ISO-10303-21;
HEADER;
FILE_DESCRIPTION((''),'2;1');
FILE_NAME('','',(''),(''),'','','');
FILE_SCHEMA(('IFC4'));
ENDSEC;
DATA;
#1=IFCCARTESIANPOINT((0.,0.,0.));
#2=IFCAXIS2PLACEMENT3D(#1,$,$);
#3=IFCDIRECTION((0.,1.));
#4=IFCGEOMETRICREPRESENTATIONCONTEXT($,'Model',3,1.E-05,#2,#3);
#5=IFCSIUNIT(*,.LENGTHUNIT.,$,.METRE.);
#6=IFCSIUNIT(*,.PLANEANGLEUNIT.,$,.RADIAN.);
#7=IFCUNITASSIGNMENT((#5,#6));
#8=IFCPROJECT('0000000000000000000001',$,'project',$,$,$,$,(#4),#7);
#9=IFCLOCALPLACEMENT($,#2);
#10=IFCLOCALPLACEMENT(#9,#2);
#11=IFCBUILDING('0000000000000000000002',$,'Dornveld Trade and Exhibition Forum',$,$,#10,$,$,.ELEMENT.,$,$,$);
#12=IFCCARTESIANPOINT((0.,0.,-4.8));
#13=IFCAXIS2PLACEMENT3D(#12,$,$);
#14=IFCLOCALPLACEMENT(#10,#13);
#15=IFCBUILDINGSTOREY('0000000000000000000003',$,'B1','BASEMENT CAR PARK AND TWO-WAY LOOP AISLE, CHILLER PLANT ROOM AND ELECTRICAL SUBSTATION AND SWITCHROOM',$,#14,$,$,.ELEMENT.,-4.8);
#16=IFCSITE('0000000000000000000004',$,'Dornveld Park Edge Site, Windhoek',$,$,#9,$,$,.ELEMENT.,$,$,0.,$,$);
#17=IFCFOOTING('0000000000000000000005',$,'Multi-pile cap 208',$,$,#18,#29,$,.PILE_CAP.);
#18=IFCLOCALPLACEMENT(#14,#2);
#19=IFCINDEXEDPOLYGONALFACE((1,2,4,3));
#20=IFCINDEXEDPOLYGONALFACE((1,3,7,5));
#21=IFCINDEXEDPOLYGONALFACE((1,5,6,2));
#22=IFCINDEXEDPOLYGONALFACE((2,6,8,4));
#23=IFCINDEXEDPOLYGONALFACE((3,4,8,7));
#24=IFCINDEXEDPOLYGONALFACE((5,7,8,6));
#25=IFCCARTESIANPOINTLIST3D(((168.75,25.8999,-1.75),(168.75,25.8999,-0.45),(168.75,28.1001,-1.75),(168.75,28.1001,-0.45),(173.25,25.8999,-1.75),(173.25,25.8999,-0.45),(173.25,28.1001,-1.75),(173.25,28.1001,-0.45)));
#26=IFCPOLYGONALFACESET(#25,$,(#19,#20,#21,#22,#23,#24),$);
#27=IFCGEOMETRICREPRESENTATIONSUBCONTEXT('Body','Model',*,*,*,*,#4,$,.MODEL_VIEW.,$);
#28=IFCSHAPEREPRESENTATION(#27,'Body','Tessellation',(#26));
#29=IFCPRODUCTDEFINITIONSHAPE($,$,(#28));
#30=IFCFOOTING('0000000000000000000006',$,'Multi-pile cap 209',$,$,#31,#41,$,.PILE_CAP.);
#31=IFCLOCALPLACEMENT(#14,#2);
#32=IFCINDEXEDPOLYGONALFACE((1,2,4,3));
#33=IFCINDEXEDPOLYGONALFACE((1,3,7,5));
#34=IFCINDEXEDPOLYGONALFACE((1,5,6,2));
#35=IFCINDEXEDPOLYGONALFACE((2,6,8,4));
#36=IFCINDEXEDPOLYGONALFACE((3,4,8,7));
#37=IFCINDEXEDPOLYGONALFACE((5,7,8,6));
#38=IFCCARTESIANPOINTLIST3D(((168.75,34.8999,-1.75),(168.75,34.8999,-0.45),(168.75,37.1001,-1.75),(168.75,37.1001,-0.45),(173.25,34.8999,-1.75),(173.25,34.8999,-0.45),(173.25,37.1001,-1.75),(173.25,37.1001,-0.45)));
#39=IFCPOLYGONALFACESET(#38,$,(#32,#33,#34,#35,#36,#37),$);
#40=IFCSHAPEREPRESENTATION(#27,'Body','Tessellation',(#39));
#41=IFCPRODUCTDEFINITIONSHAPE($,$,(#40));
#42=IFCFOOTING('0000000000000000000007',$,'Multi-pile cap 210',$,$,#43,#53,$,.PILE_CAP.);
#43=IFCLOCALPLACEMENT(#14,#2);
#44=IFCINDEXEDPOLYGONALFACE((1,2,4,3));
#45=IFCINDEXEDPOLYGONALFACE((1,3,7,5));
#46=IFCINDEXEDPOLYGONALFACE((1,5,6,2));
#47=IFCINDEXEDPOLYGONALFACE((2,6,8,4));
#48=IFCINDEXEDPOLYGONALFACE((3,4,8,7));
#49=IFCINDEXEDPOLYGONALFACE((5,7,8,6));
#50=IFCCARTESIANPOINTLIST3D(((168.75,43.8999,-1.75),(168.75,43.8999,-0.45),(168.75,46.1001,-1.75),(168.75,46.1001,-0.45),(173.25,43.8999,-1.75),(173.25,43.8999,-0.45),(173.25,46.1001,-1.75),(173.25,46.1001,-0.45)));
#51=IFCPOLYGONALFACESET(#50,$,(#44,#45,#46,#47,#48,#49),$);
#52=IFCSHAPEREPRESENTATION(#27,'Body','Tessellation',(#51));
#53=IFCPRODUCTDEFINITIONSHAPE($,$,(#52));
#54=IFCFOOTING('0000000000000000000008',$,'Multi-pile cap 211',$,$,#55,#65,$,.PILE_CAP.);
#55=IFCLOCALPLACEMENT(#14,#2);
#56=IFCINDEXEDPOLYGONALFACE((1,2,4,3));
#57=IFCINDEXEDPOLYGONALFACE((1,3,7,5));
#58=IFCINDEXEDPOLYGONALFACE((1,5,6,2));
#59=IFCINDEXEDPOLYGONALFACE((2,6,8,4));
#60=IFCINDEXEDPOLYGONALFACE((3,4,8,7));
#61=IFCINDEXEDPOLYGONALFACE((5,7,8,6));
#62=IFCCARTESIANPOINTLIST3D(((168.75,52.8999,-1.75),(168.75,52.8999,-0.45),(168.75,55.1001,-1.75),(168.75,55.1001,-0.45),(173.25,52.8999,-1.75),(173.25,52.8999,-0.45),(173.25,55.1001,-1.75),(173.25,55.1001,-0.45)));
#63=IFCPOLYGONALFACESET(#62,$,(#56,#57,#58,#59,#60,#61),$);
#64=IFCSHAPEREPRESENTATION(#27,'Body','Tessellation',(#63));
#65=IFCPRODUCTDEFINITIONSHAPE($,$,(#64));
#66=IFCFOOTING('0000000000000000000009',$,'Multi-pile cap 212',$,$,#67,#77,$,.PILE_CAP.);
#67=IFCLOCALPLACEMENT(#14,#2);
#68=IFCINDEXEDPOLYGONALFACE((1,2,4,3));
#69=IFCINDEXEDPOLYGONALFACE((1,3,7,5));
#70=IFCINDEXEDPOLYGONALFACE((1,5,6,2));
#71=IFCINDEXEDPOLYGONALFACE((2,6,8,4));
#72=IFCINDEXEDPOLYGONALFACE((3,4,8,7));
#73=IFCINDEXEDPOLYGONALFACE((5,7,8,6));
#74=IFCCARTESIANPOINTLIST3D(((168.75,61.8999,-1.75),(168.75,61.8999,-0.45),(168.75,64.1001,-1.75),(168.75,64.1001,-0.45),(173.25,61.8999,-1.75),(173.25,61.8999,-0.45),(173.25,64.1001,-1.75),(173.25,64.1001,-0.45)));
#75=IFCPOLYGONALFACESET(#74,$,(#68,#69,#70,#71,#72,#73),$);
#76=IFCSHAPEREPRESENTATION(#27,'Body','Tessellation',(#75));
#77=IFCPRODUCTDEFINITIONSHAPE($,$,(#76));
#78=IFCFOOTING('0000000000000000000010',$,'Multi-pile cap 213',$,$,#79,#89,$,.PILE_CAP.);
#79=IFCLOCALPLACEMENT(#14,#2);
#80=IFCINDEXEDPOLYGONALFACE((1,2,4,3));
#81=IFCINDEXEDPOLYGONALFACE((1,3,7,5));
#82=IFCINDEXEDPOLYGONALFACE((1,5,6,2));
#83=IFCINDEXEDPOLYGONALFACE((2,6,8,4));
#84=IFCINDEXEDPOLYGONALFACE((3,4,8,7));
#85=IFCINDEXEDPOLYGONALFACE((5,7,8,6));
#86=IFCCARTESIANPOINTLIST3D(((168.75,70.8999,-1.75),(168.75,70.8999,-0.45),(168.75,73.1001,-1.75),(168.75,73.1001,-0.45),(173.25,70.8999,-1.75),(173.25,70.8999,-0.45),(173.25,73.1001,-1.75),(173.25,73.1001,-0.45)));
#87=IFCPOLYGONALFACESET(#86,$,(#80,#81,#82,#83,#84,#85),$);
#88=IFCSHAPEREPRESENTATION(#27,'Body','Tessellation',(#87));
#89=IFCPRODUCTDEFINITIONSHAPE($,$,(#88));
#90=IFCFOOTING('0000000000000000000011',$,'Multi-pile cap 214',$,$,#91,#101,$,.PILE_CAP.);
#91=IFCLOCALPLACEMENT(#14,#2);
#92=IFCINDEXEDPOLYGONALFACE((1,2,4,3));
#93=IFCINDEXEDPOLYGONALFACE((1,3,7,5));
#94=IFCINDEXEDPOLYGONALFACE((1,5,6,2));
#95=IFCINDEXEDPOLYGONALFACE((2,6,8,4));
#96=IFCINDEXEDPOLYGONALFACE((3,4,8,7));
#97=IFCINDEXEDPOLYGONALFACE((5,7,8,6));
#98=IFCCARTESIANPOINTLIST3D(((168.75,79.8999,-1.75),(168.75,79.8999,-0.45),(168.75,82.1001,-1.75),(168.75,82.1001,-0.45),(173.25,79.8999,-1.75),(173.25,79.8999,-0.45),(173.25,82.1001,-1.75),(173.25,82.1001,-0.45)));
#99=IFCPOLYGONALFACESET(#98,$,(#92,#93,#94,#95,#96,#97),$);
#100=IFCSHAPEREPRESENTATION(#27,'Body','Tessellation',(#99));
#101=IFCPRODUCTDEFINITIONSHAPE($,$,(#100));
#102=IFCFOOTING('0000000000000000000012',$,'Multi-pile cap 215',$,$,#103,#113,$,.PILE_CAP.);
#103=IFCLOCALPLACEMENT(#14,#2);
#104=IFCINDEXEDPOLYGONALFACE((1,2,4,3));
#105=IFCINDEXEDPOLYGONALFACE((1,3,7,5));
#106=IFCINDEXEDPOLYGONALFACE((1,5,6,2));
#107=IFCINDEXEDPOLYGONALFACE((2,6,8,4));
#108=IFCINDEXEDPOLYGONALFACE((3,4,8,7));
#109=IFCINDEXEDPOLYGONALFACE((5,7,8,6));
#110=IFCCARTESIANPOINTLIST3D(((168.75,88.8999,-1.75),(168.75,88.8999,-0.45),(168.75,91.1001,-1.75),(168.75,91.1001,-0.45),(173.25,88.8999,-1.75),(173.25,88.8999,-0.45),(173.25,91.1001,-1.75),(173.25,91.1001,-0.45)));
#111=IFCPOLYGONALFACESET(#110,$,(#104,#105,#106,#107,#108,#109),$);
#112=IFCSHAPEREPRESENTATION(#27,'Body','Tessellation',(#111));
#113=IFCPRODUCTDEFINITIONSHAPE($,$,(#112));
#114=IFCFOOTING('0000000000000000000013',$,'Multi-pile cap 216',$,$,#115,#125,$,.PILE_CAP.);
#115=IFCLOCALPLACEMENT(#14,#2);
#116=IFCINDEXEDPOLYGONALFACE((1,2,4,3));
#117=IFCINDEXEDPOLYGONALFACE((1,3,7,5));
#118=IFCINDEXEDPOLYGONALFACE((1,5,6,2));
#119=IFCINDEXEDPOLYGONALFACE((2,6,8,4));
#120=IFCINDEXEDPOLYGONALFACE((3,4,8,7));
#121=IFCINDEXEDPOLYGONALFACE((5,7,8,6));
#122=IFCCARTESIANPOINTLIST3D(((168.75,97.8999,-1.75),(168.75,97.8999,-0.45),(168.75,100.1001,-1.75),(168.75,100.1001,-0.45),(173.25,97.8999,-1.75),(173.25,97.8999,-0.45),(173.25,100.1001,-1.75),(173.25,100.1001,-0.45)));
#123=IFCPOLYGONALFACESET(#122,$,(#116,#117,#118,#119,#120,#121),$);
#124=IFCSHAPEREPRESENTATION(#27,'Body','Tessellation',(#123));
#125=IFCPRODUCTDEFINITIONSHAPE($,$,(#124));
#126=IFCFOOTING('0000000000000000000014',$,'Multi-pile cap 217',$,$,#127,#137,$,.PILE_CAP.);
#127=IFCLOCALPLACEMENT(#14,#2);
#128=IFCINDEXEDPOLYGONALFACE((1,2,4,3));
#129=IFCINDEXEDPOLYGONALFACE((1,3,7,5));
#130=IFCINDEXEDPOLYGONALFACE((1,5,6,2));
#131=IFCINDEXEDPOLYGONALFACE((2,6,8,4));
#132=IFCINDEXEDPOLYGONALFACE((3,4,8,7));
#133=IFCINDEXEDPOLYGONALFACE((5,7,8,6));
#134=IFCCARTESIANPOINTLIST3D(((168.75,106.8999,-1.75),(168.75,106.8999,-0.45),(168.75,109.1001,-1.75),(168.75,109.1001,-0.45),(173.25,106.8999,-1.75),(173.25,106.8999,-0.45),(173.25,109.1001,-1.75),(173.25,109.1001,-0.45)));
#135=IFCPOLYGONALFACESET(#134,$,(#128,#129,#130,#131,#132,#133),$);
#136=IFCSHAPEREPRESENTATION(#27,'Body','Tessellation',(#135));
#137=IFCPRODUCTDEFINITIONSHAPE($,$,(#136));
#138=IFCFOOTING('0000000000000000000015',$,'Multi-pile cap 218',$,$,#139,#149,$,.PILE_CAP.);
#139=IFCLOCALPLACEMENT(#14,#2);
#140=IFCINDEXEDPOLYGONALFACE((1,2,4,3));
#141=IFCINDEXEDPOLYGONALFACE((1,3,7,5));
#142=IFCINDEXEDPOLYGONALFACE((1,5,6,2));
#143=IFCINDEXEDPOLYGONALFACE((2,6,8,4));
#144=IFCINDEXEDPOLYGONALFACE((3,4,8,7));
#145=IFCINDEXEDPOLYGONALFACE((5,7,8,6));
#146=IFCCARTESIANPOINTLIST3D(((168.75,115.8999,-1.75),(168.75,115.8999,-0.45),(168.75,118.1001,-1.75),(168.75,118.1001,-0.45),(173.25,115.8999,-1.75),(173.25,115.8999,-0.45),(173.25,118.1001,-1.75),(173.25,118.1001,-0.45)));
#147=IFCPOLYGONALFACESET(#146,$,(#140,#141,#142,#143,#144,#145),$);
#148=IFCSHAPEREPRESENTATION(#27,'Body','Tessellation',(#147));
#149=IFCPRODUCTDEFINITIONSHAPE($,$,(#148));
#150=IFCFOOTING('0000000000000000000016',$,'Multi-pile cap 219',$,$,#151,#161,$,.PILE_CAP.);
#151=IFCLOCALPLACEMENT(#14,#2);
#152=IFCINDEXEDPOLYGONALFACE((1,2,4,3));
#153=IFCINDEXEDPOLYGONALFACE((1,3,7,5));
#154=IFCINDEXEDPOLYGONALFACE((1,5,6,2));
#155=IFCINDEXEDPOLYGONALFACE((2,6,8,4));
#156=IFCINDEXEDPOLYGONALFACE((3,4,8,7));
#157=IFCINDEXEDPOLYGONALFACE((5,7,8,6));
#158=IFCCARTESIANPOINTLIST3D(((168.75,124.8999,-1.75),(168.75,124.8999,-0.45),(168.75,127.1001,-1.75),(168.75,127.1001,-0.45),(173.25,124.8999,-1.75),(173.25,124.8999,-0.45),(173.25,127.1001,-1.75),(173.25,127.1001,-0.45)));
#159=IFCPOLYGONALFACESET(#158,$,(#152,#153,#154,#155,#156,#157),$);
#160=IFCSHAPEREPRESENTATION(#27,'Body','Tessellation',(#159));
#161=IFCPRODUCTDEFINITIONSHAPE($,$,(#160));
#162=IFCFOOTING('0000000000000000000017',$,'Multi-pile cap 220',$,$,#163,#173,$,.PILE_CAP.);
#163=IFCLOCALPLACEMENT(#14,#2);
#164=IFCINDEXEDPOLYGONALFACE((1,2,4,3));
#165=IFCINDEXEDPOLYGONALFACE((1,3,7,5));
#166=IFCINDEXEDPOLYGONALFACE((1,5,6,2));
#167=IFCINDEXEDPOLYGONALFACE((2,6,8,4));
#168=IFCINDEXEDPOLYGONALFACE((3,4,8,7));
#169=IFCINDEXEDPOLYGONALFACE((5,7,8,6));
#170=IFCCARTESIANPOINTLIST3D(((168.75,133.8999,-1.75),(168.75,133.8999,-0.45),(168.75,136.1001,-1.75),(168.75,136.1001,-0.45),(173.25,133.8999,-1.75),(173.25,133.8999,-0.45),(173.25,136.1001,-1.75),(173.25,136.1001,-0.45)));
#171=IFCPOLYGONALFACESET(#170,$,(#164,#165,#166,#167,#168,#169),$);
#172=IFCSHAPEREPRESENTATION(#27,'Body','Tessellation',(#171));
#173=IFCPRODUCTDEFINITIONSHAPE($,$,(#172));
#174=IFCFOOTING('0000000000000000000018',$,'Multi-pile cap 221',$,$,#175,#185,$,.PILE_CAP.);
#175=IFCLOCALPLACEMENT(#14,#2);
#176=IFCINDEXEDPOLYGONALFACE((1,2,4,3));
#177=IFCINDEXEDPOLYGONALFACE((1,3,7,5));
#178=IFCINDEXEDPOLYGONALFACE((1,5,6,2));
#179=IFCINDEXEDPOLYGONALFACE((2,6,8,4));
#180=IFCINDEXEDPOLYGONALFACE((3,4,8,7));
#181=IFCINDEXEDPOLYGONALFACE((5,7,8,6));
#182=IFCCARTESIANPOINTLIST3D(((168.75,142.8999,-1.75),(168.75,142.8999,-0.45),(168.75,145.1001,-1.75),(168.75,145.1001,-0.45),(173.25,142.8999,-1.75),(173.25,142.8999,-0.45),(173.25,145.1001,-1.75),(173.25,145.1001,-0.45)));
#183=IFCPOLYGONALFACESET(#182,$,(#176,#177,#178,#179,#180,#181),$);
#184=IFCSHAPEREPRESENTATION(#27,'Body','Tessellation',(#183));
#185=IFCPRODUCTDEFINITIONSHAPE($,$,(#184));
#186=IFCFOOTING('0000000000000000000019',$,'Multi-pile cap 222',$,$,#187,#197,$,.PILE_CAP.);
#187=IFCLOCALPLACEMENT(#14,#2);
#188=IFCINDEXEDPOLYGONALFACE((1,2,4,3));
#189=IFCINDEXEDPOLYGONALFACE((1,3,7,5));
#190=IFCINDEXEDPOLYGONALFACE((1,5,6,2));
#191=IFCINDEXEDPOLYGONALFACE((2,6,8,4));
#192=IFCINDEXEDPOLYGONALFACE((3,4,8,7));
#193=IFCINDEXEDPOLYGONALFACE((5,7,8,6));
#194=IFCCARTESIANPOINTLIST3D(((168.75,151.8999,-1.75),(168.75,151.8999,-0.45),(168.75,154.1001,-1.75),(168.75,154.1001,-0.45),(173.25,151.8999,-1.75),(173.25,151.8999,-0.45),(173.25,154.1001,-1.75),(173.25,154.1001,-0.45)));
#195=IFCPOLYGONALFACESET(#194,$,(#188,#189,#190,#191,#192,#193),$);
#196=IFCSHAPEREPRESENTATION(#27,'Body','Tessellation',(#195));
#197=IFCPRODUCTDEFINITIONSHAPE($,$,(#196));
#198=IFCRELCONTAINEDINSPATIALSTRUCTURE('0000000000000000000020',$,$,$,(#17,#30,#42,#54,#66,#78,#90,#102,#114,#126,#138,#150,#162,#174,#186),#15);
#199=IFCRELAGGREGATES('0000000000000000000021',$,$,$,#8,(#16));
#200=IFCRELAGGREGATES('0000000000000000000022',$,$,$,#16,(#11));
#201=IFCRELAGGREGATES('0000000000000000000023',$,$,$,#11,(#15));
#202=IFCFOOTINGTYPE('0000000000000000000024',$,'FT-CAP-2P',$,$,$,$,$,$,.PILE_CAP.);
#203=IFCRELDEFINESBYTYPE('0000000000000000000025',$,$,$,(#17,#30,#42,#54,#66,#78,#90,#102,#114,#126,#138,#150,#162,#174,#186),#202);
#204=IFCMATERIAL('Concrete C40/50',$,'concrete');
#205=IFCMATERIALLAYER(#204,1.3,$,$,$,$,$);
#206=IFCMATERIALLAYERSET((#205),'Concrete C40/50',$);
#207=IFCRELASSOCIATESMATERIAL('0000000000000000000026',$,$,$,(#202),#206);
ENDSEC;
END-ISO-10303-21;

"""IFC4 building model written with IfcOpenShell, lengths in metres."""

from ifc_helpers import new_model, si_unit, direction, frame, origin, place, context, subcontext, project, spatial, polyline, outline, extrude, material, layer, layer_set, type_object, element, save


model = new_model("IFC4")

# Units and contexts
model_context = context("Model", 3, precision=1e-05, world=origin(), true_north=direction((0.0, 1.0)))
body_context = subcontext(model_context, "Body", "Model", "MODEL_VIEW")
ifc_project = project(units=[si_unit("LENGTHUNIT", "METRE"), si_unit("PLANEANGLEUNIT", "RADIAN")], contexts=[model_context])

# Site, building, storey
site_placement = place(None, origin())
site = spatial("IfcSite", under=ifc_project, at=site_placement, Name="Dornveld Park Edge Site, Windhoek", CompositionType="ELEMENT", RefElevation=0.0)
building_placement = place(site_placement, origin())
building = spatial("IfcBuilding", under=site, at=building_placement, Name="Dornveld Trade and Exhibition Forum", CompositionType="ELEMENT")
storey_placement = place(building_placement, frame((0.0, 0.0, -4.8)))
storey = spatial("IfcBuildingStorey", under=building, at=storey_placement, Name="B1", Description="BASEMENT CAR PARK AND TWO-WAY LOOP AISLE, CHILLER PLANT ROOM AND ELECTRICAL SUBSTATION AND SWITCHROOM", CompositionType="ELEMENT", Elevation=-4.8)

# Footings
ifc_material = material(Name="Concrete C40/50", Category="concrete")
ifc_layer = layer(ifc_material, 1.3)
ifc_layer_set = layer_set([ifc_layer], Name="Concrete C40/50")
footing_type = type_object("IfcFootingType", Name="FT-CAP-2P", PredefinedType="PILE_CAP", material=ifc_layer_set)
footing_1_placement = place(storey_placement, frame((0.0, 0.0, -1.75)))
element("IfcFooting", 1, at=footing_1_placement, inside=storey, type_object=footing_type, Name="Multi-pile cap 208", PredefinedType="PILE_CAP", context=body_context, shape_type="SweptSolid", body=[
    extrude(outline(polyline([(168.75, 25.8999), (173.25, 25.8999), (173.25, 28.1001), (168.75, 28.1001), (168.75, 25.8999)])), origin(), (0.0, 0.0, 1.0), 1.3),
])
footing_2_placement = place(storey_placement, frame((0.0, 0.0, -1.75)))
element("IfcFooting", 2, at=footing_2_placement, inside=storey, type_object=footing_type, Name="Multi-pile cap 209", PredefinedType="PILE_CAP", context=body_context, shape_type="SweptSolid", body=[
    extrude(outline(polyline([(168.75, 34.8999), (173.25, 34.8999), (173.25, 37.1001), (168.75, 37.1001), (168.75, 34.8999)])), origin(), (0.0, 0.0, 1.0), 1.3),
])
footing_3_placement = place(storey_placement, frame((0.0, 0.0, -1.75)))
element("IfcFooting", 3, at=footing_3_placement, inside=storey, type_object=footing_type, Name="Multi-pile cap 210", PredefinedType="PILE_CAP", context=body_context, shape_type="SweptSolid", body=[
    extrude(outline(polyline([(168.75, 43.8999), (173.25, 43.8999), (173.25, 46.1001), (168.75, 46.1001), (168.75, 43.8999)])), origin(), (0.0, 0.0, 1.0), 1.3),
])
footing_4_placement = place(storey_placement, frame((0.0, 0.0, -1.75)))
element("IfcFooting", 4, at=footing_4_placement, inside=storey, type_object=footing_type, Name="Multi-pile cap 211", PredefinedType="PILE_CAP", context=body_context, shape_type="SweptSolid", body=[
    extrude(outline(polyline([(168.75, 52.8999), (173.25, 52.8999), (173.25, 55.1001), (168.75, 55.1001), (168.75, 52.8999)])), origin(), (0.0, 0.0, 1.0), 1.3),
])
footing_5_placement = place(storey_placement, frame((0.0, 0.0, -1.75)))
element("IfcFooting", 5, at=footing_5_placement, inside=storey, type_object=footing_type, Name="Multi-pile cap 212", PredefinedType="PILE_CAP", context=body_context, shape_type="SweptSolid", body=[
    extrude(outline(polyline([(168.75, 61.8999), (173.25, 61.8999), (173.25, 64.1001), (168.75, 64.1001), (168.75, 61.8999)])), origin(), (0.0, 0.0, 1.0), 1.3),
])
footing_6_placement = place(storey_placement, frame((0.0, 0.0, -1.75)))
element("IfcFooting", 6, at=footing_6_placement, inside=storey, type_object=footing_type, Name="Multi-pile cap 213", PredefinedType="PILE_CAP", context=body_context, shape_type="SweptSolid", body=[
    extrude(outline(polyline([(168.75, 70.8999), (173.25, 70.8999), (173.25, 73.1001), (168.75, 73.1001), (168.75, 70.8999)])), origin(), (0.0, 0.0, 1.0), 1.3),
])
footing_7_placement = place(storey_placement, frame((0.0, 0.0, -1.75)))
element("IfcFooting", 7, at=footing_7_placement, inside=storey, type_object=footing_type, Name="Multi-pile cap 214", PredefinedType="PILE_CAP", context=body_context, shape_type="SweptSolid", body=[
    extrude(outline(polyline([(168.75, 79.8999), (173.25, 79.8999), (173.25, 82.1001), (168.75, 82.1001), (168.75, 79.8999)])), origin(), (0.0, 0.0, 1.0), 1.3),
])
footing_8_placement = place(storey_placement, frame((0.0, 0.0, -1.75)))
element("IfcFooting", 8, at=footing_8_placement, inside=storey, type_object=footing_type, Name="Multi-pile cap 215", PredefinedType="PILE_CAP", context=body_context, shape_type="SweptSolid", body=[
    extrude(outline(polyline([(168.75, 88.8999), (173.25, 88.8999), (173.25, 91.1001), (168.75, 91.1001), (168.75, 88.8999)])), origin(), (0.0, 0.0, 1.0), 1.3),
])
footing_9_placement = place(storey_placement, frame((0.0, 0.0, -1.75)))
element("IfcFooting", 9, at=footing_9_placement, inside=storey, type_object=footing_type, Name="Multi-pile cap 216", PredefinedType="PILE_CAP", context=body_context, shape_type="SweptSolid", body=[
    extrude(outline(polyline([(168.75, 97.8999), (173.25, 97.8999), (173.25, 100.1001), (168.75, 100.1001), (168.75, 97.8999)])), origin(), (0.0, 0.0, 1.0), 1.3),
])
footing_10_placement = place(storey_placement, frame((0.0, 0.0, -1.75)))
element("IfcFooting", 10, at=footing_10_placement, inside=storey, type_object=footing_type, Name="Multi-pile cap 217", PredefinedType="PILE_CAP", context=body_context, shape_type="SweptSolid", body=[
    extrude(outline(polyline([(168.75, 106.8999), (173.25, 106.8999), (173.25, 109.1001), (168.75, 109.1001), (168.75, 106.8999)])), origin(), (0.0, 0.0, 1.0), 1.3),
])
footing_11_placement = place(storey_placement, frame((0.0, 0.0, -1.75)))
element("IfcFooting", 11, at=footing_11_placement, inside=storey, type_object=footing_type, Name="Multi-pile cap 218", PredefinedType="PILE_CAP", context=body_context, shape_type="SweptSolid", body=[
    extrude(outline(polyline([(168.75, 115.8999), (173.25, 115.8999), (173.25, 118.1001), (168.75, 118.1001), (168.75, 115.8999)])), origin(), (0.0, 0.0, 1.0), 1.3),
])
footing_12_placement = place(storey_placement, frame((0.0, 0.0, -1.75)))
element("IfcFooting", 12, at=footing_12_placement, inside=storey, type_object=footing_type, Name="Multi-pile cap 219", PredefinedType="PILE_CAP", context=body_context, shape_type="SweptSolid", body=[
    extrude(outline(polyline([(168.75, 124.8999), (173.25, 124.8999), (173.25, 127.1001), (168.75, 127.1001), (168.75, 124.8999)])), origin(), (0.0, 0.0, 1.0), 1.3),
])
footing_13_placement = place(storey_placement, frame((0.0, 0.0, -1.75)))
element("IfcFooting", 13, at=footing_13_placement, inside=storey, type_object=footing_type, Name="Multi-pile cap 220", PredefinedType="PILE_CAP", context=body_context, shape_type="SweptSolid", body=[
    extrude(outline(polyline([(168.75, 133.8999), (173.25, 133.8999), (173.25, 136.1001), (168.75, 136.1001), (168.75, 133.8999)])), origin(), (0.0, 0.0, 1.0), 1.3),
])
footing_14_placement = place(storey_placement, frame((0.0, 0.0, -1.75)))
element("IfcFooting", 14, at=footing_14_placement, inside=storey, type_object=footing_type, Name="Multi-pile cap 221", PredefinedType="PILE_CAP", context=body_context, shape_type="SweptSolid", body=[
    extrude(outline(polyline([(168.75, 142.8999), (173.25, 142.8999), (173.25, 145.1001), (168.75, 145.1001), (168.75, 142.8999)])), origin(), (0.0, 0.0, 1.0), 1.3),
])
footing_15_placement = place(storey_placement, frame((0.0, 0.0, -1.75)))
element("IfcFooting", 15, at=footing_15_placement, inside=storey, type_object=footing_type, Name="Multi-pile cap 222", PredefinedType="PILE_CAP", context=body_context, shape_type="SweptSolid", body=[
    extrude(outline(polyline([(168.75, 151.8999), (173.25, 151.8999), (173.25, 154.1001), (168.75, 154.1001), (168.75, 151.8999)])), origin(), (0.0, 0.0, 1.0), 1.3),
])

save(model, "model.ifc")
